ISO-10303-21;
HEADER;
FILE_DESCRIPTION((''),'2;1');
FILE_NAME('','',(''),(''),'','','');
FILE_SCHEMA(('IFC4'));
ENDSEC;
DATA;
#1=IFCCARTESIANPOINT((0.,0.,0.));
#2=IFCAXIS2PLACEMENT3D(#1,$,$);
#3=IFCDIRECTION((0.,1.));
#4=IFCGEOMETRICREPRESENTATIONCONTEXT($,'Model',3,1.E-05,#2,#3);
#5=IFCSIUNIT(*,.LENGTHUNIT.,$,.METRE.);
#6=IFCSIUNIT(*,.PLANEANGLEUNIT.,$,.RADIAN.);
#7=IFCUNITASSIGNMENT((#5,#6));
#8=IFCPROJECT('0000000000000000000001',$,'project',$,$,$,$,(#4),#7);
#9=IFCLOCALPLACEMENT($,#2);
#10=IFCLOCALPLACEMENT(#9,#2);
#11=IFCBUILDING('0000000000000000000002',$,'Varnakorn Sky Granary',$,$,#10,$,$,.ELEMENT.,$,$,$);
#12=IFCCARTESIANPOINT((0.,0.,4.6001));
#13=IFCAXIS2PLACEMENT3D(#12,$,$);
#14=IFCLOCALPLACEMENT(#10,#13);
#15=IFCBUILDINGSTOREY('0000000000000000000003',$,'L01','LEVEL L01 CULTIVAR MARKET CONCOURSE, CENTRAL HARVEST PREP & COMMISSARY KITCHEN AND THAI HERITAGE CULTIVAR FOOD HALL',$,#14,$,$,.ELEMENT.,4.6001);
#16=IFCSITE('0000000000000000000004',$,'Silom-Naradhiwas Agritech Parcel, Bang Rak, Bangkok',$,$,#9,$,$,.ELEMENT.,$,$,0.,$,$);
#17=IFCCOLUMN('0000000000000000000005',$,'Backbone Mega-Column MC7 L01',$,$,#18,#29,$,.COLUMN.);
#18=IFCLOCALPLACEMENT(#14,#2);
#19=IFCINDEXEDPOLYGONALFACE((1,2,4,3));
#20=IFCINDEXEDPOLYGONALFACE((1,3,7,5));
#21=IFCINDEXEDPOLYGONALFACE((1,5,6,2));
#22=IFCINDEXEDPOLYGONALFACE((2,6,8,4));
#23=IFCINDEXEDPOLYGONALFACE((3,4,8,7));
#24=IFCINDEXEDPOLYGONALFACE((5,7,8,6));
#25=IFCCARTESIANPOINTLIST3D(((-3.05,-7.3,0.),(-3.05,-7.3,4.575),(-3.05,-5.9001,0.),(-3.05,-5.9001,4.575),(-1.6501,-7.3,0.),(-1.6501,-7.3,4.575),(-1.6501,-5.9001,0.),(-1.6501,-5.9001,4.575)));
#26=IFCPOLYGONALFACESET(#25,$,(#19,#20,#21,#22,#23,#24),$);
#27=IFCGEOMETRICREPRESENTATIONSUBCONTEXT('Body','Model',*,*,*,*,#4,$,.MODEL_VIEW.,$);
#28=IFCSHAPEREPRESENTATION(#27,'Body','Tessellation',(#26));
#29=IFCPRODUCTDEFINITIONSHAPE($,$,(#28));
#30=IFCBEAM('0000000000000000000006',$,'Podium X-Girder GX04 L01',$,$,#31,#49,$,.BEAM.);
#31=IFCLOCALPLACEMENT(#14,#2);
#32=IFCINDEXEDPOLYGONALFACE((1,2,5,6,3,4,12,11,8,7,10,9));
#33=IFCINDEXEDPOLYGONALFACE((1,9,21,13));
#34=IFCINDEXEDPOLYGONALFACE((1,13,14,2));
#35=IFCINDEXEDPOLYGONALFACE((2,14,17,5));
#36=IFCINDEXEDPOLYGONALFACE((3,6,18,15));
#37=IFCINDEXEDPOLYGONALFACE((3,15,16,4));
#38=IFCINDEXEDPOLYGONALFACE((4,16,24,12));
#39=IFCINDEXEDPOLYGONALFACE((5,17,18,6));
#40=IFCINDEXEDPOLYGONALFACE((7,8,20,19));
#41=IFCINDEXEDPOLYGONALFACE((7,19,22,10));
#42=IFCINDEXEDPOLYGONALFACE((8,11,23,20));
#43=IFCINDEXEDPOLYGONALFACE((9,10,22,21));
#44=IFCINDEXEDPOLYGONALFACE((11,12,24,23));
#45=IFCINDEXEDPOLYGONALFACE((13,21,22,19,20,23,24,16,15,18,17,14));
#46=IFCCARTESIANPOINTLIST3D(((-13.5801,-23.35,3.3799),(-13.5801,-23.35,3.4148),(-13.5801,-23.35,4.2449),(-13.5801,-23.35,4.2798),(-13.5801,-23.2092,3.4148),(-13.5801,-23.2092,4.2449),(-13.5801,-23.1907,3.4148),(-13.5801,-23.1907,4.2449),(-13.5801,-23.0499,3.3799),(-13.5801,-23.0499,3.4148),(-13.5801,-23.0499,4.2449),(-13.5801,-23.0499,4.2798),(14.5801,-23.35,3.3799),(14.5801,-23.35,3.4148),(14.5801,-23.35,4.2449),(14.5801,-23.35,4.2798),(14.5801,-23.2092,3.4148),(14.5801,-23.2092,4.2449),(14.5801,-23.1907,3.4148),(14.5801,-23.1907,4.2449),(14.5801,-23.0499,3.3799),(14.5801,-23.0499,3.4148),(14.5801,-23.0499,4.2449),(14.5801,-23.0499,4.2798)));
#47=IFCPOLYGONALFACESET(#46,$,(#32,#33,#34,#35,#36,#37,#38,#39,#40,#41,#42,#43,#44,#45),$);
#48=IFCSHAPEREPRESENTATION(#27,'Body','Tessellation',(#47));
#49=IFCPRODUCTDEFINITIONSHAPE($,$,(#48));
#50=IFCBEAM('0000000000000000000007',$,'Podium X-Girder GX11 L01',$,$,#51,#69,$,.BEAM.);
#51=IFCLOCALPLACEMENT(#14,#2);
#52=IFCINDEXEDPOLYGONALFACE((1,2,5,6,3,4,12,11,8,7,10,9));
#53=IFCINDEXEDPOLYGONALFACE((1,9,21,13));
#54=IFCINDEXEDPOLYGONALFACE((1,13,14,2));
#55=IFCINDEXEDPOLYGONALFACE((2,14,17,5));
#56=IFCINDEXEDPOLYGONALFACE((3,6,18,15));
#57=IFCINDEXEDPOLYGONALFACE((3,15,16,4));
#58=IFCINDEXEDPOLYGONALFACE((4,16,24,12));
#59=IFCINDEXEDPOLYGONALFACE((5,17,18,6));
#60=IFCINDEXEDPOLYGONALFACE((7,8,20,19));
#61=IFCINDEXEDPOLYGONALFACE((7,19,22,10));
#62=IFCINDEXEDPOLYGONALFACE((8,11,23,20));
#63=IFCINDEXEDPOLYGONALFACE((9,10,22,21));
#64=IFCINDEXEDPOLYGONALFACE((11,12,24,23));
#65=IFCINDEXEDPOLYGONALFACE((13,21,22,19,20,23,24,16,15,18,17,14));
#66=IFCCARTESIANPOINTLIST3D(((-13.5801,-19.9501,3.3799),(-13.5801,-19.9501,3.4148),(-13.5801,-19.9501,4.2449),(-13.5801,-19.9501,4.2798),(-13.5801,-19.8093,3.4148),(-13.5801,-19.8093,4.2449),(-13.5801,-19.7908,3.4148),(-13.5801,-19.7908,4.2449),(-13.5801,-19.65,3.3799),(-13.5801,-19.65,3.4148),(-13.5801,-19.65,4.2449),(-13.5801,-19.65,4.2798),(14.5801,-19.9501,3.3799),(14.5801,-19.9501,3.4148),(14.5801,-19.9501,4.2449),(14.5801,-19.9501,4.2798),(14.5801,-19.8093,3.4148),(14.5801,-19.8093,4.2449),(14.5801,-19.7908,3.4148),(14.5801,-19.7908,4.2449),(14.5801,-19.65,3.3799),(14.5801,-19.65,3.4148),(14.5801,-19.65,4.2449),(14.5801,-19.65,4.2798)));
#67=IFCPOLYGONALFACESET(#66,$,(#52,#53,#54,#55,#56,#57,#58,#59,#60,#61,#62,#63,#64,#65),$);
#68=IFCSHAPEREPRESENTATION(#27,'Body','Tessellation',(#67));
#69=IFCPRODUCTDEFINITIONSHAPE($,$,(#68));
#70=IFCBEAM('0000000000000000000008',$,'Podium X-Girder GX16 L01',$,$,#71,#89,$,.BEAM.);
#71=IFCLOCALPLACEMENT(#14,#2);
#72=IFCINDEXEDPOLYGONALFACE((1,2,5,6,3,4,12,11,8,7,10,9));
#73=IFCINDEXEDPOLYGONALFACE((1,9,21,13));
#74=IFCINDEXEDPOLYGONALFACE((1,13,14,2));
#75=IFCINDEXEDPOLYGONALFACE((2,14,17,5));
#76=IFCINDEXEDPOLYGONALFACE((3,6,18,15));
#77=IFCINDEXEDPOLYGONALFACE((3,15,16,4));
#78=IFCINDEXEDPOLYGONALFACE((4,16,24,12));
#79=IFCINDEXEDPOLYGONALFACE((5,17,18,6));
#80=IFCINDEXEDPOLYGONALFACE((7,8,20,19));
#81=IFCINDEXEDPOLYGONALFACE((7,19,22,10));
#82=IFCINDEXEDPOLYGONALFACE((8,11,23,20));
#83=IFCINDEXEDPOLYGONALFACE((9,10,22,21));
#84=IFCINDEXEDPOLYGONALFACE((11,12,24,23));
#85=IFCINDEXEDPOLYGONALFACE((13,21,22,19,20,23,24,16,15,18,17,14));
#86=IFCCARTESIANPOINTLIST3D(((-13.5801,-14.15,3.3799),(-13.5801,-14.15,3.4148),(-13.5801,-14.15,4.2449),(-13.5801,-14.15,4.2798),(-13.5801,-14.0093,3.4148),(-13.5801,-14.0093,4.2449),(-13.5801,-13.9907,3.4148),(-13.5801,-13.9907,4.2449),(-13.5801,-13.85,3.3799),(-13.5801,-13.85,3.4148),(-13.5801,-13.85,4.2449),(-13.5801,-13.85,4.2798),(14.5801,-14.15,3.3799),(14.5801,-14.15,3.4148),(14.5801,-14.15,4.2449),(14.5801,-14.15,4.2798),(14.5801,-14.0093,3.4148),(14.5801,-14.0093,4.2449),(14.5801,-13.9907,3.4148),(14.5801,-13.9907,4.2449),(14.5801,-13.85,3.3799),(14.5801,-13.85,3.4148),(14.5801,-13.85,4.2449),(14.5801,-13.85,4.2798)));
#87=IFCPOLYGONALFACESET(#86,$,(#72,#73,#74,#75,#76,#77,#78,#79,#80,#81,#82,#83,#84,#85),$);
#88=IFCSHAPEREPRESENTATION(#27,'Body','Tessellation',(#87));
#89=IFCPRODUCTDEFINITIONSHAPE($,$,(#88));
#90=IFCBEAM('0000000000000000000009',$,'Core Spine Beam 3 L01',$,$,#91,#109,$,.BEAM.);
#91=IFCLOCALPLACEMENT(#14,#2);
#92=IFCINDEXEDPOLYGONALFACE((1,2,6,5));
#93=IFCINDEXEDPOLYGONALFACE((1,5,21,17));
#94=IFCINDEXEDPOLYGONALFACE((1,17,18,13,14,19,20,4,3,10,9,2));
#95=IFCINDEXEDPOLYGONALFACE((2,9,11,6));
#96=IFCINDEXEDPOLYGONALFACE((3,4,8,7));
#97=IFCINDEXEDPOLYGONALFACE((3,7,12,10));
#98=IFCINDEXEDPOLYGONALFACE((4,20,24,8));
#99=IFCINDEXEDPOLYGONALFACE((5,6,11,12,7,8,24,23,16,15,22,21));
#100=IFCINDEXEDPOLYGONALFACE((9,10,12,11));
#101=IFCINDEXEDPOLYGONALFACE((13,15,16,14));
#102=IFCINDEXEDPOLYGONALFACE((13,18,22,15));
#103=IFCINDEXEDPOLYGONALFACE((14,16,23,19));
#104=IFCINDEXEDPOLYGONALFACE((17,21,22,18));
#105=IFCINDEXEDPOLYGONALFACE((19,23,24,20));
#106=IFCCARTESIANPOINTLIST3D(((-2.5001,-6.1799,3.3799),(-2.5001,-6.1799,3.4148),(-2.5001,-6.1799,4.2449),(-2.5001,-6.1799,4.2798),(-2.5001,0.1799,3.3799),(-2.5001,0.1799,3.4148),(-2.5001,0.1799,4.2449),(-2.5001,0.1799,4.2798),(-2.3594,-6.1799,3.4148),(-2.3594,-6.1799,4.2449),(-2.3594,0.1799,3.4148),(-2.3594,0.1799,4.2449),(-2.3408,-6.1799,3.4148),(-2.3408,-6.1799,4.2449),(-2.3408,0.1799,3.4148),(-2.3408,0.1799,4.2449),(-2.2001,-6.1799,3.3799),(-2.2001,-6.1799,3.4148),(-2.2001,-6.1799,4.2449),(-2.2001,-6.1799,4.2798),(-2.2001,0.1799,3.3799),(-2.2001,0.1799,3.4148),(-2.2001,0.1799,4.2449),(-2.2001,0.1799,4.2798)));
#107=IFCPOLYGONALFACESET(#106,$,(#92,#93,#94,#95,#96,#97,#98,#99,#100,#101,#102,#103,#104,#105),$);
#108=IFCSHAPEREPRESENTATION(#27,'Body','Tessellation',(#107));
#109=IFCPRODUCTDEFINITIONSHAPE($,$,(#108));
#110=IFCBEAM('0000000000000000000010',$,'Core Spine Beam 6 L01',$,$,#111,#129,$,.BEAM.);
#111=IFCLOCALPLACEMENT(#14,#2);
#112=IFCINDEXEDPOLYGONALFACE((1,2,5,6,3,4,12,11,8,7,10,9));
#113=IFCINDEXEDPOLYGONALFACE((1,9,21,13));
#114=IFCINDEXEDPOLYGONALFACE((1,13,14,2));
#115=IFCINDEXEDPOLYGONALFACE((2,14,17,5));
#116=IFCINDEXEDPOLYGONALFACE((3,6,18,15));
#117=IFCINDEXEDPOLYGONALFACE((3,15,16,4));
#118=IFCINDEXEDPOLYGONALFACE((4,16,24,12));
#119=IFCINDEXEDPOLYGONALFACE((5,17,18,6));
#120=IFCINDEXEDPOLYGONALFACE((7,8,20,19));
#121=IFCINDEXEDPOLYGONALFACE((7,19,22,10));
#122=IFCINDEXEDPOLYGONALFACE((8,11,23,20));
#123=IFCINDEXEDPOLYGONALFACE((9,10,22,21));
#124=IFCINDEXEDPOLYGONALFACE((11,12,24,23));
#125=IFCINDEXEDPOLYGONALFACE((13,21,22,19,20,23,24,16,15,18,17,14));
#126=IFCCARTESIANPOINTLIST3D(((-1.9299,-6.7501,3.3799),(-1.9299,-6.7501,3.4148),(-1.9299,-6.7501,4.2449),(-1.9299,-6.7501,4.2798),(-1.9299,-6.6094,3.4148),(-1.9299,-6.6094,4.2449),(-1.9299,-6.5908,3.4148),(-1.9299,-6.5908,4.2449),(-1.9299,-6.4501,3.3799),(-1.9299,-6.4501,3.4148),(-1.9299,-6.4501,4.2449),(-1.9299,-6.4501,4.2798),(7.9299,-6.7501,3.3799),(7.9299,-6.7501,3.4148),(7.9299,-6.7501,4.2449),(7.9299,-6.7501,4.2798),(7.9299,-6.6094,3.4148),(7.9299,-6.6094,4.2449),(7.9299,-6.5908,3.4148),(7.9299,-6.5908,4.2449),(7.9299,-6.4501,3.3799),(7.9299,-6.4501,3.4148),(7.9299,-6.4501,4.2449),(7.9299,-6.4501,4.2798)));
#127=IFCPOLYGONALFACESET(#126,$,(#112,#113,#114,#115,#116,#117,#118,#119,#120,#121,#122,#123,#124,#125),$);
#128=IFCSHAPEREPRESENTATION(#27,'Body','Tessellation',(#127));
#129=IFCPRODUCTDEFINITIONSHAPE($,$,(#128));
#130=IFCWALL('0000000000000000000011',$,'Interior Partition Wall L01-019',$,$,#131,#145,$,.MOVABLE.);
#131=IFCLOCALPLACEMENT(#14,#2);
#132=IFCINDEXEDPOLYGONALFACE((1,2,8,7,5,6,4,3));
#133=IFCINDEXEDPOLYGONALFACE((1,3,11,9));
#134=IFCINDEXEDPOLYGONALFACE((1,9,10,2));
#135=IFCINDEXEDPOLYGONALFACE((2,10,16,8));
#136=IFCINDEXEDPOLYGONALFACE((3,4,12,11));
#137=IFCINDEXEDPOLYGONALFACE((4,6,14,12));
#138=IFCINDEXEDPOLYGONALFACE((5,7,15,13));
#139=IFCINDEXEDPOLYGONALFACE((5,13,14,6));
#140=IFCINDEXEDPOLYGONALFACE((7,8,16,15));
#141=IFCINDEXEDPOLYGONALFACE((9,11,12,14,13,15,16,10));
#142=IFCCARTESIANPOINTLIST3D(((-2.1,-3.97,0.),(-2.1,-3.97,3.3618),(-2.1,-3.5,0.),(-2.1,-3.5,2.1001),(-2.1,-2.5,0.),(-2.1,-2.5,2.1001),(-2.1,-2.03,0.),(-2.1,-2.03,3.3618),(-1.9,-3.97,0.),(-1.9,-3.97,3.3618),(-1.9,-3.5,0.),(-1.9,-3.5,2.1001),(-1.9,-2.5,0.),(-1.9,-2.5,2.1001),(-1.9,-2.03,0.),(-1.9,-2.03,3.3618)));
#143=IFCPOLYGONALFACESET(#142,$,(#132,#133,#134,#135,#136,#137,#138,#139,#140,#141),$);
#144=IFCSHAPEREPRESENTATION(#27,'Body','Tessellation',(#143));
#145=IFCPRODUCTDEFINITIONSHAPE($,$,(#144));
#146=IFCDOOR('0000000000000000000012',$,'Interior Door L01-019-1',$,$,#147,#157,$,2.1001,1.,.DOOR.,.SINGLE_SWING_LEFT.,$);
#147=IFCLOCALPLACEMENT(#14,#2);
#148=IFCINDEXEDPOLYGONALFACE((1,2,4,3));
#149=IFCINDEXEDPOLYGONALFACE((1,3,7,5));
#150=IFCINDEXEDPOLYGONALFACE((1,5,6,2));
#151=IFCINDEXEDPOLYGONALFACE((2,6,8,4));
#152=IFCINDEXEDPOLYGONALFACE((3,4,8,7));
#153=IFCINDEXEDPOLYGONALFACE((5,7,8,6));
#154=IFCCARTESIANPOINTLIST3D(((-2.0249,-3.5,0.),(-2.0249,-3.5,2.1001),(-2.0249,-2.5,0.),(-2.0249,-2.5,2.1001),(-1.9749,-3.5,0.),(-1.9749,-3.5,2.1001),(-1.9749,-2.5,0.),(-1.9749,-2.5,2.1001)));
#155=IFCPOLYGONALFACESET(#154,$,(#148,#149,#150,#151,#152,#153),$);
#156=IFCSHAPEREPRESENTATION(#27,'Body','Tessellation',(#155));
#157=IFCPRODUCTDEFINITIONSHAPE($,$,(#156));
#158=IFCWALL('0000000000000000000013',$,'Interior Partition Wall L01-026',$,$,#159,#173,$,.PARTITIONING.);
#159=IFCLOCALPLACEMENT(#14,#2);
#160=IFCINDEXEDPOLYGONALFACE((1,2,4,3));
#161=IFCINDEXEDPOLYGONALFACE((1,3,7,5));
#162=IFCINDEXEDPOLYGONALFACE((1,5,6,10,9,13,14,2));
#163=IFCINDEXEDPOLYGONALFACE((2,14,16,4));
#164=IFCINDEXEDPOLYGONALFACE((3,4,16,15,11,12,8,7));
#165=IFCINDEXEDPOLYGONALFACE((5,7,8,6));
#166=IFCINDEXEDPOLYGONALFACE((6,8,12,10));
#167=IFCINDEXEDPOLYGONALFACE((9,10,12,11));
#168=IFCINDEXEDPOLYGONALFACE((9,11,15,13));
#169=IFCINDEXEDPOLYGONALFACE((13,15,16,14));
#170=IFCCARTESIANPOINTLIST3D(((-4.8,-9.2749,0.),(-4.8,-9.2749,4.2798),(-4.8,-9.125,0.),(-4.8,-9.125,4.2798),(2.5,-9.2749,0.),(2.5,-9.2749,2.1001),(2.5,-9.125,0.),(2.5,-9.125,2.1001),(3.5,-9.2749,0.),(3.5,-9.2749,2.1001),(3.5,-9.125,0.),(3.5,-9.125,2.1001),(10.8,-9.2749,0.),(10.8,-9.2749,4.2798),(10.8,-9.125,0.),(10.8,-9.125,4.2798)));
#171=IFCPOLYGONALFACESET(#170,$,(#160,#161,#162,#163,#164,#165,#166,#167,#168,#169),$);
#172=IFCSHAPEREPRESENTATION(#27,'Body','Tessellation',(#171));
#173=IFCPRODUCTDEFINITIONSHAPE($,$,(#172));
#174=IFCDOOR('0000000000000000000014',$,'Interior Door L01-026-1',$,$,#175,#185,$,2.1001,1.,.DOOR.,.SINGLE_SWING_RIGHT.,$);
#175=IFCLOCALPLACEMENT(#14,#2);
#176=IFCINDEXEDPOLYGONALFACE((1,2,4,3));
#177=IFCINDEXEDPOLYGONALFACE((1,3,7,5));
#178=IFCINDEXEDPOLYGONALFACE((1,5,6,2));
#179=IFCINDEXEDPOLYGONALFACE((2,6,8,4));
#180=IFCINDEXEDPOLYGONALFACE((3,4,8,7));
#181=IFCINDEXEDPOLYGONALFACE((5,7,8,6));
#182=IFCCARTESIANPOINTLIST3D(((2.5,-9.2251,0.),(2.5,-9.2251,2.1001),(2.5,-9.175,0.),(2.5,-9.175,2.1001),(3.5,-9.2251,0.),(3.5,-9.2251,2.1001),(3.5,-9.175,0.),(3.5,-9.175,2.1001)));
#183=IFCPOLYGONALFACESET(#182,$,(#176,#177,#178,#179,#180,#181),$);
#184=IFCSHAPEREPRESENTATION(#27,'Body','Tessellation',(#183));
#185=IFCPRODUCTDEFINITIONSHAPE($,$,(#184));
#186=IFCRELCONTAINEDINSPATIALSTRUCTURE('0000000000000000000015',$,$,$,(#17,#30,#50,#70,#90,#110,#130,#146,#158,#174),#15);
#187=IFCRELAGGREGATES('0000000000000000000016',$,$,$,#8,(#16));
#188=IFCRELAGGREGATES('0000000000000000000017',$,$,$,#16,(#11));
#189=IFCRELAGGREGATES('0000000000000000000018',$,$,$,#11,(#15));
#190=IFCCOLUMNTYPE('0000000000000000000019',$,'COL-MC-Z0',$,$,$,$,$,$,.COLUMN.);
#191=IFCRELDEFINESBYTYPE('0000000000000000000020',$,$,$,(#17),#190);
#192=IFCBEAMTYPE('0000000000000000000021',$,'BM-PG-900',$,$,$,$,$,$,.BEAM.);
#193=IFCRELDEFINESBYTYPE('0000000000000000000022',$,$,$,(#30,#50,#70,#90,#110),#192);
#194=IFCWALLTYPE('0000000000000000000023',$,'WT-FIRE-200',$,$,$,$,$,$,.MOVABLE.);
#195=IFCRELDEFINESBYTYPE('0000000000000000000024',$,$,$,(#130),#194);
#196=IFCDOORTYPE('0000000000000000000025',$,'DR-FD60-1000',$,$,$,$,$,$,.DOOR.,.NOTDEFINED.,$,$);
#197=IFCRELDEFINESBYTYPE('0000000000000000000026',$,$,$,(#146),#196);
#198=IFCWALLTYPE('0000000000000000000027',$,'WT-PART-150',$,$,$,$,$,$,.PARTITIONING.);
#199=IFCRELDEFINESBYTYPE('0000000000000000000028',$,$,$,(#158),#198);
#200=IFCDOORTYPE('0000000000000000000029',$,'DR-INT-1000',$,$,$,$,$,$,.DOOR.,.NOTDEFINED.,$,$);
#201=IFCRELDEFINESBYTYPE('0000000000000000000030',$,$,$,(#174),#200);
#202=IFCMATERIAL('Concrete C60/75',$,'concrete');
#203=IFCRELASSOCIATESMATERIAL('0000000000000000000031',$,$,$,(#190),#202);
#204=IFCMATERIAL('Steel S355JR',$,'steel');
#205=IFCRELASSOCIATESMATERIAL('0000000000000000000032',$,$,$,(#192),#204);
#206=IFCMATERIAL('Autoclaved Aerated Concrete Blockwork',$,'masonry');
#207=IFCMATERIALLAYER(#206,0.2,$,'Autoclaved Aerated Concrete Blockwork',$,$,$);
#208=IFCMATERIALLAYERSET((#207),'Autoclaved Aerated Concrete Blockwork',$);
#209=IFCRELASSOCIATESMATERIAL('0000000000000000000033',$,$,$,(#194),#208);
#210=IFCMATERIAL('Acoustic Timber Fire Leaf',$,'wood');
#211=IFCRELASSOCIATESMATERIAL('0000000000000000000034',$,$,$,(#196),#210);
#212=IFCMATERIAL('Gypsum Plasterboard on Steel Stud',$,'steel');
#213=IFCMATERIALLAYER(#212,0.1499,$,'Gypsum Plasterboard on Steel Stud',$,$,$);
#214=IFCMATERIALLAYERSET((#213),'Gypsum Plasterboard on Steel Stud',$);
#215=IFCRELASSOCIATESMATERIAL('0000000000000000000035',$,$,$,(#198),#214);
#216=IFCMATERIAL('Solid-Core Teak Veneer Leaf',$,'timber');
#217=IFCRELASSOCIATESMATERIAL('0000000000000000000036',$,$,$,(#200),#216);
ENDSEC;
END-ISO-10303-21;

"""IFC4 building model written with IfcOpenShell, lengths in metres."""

from ifc_helpers import new_model, si_unit, direction, frame, frame_2d, origin, origin_2d, place, context, subcontext, project, spatial, rectangle, i_section, extrude, material, layer, layer_set, material_profile, profile_set, type_object, element, fill, save


model = new_model("IFC4")

# Units and contexts
model_context = context("Model", 3, precision=1e-05, world=origin(), true_north=direction((0.0, 1.0)))
body_context = subcontext(model_context, "Body", "Model", "MODEL_VIEW")
ifc_project = project(units=[si_unit("LENGTHUNIT", "METRE"), si_unit("PLANEANGLEUNIT", "RADIAN")], contexts=[model_context])

# Site, building, storey
site_placement = place(None, origin())
site = spatial("IfcSite", under=ifc_project, at=site_placement, Name="Silom-Naradhiwas Agritech Parcel, Bang Rak, Bangkok", CompositionType="ELEMENT", RefElevation=0.0)
building_placement = place(site_placement, origin())
building = spatial("IfcBuilding", under=site, at=building_placement, Name="Varnakorn Sky Granary", CompositionType="ELEMENT")
storey_placement = place(building_placement, frame((0.0, 0.0, 4.6001)))
storey = spatial("IfcBuildingStorey", under=building, at=storey_placement, Name="L01", Description="LEVEL L01 CULTIVAR MARKET CONCOURSE, CENTRAL HARVEST PREP & COMMISSARY KITCHEN AND THAI HERITAGE CULTIVAR FOOD HALL", CompositionType="ELEMENT", Elevation=4.6001)

# Column
ifc_material_1 = material(Name="Concrete C60/75", Category="concrete")
ifc_material_profile_1 = material_profile(ifc_material_1, rectangle(XDim=1.3999, YDim=1.3999, at=origin_2d()), Name="RC 1400x1400")
ifc_profile_set_1 = profile_set([ifc_material_profile_1], Name="Concrete C60/75")
column_type = type_object("IfcColumnType", Name="COL-MC-Z0", PredefinedType="COLUMN", material=ifc_profile_set_1)
column_placement = place(storey_placement, frame((-2.3501, -6.6001, 0.0), z_axis=(0.0, 0.0, 1.0), x_axis=(1.0, 0.0, 0.0)))
element("IfcColumn", 1, at=column_placement, inside=storey, type_object=column_type, Name="Backbone Mega-Column MC7 L01", PredefinedType="COLUMN", context=body_context, shape_type="SweptSolid", body=[
    extrude(rectangle(XDim=1.3999, YDim=1.3999, at=origin_2d()), origin(), (0.0, 0.0, 1.0), 4.575),
])

# Beams
ifc_material_2 = material(Name="Steel S355JR", Category="steel")
ifc_material_profile_2 = material_profile(ifc_material_2, i_section(OverallWidth=0.3, OverallDepth=0.8999, WebThickness=0.0186, FlangeThickness=0.0349, at=origin_2d()), Name="HE 900 B")
ifc_profile_set_2 = profile_set([ifc_material_profile_2], Name="Steel S355JR")
beam_type = type_object("IfcBeamType", Name="BM-PG-900", PredefinedType="BEAM", material=ifc_profile_set_2)
for number, where, z_axis, x_axis, name in (
    (2, (-13.5801, -23.2, 3.8298), (1.0, 0.0, 0.0), (0.0, 1.0, 0.0), "Podium X-Girder GX04 L01"),
    (3, (-13.5801, -19.8, 3.8298), (1.0, 0.0, 0.0), (0.0, 1.0, 0.0), "Podium X-Girder GX11 L01"),
    (4, (-13.5801, -14.0, 3.8298), (1.0, 0.0, 0.0), (0.0, 1.0, 0.0), "Podium X-Girder GX16 L01"),
):
    element("IfcBeam", number, at=place(storey_placement, frame(where, z_axis=z_axis, x_axis=x_axis)), inside=storey, type_object=beam_type, Name=name, PredefinedType="BEAM", context=body_context, shape_type="SweptSolid", body=[
        extrude(i_section(OverallWidth=0.3, OverallDepth=0.8999, WebThickness=0.0186, FlangeThickness=0.0349, at=origin_2d()), origin(), (0.0, 0.0, 1.0), 28.1602),
    ])
beam_1_placement = place(storey_placement, frame((-2.3501, 0.1799, 3.8298), z_axis=(0.0, -1.0, 0.0), x_axis=(1.0, 0.0, 0.0)))
element("IfcBeam", 5, at=beam_1_placement, inside=storey, type_object=beam_type, Name="Core Spine Beam 3 L01", PredefinedType="BEAM", context=body_context, shape_type="SweptSolid", body=[
    extrude(i_section(OverallWidth=0.3, OverallDepth=0.8999, WebThickness=0.0186, FlangeThickness=0.0349, at=origin_2d()), origin(), (0.0, 0.0, 1.0), 6.3599),
])
beam_2_placement = place(storey_placement, frame((-1.9299, -6.6001, 3.8298), z_axis=(1.0, 0.0, 0.0), x_axis=(0.0, 1.0, 0.0)))
element("IfcBeam", 6, at=beam_2_placement, inside=storey, type_object=beam_type, Name="Core Spine Beam 6 L01", PredefinedType="BEAM", context=body_context, shape_type="SweptSolid", body=[
    extrude(i_section(OverallWidth=0.3, OverallDepth=0.8999, WebThickness=0.0186, FlangeThickness=0.0349, at=origin_2d()), origin(), (0.0, 0.0, 1.0), 9.8599),
])

# Walls, openings, doors
ifc_material_3 = material(Name="Autoclaved Aerated Concrete Blockwork", Category="masonry")
ifc_layer_1 = layer(ifc_material_3, 0.2, Name="Autoclaved Aerated Concrete Blockwork")
ifc_layer_set_1 = layer_set([ifc_layer_1], Name="Autoclaved Aerated Concrete Blockwork")
wall_type_1 = type_object("IfcWallType", Name="WT-FIRE-200", PredefinedType="MOVABLE", material=ifc_layer_set_1)
wall_1_placement = place(storey_placement, frame((-2.0, -3.97, 0.0), z_axis=(0.0, 0.0, 1.0), x_axis=(0.0, 1.0, 0.0)))
wall_1 = element("IfcWall", 7, at=wall_1_placement, inside=storey, type_object=wall_type_1, Name="Interior Partition Wall L01-019", PredefinedType="MOVABLE", context=body_context, shape_type="SweptSolid", body=[
    extrude(rectangle(XDim=1.9399, YDim=0.2, at=frame_2d((0.97, 0.0))), origin(), (0.0, 0.0, 1.0), 3.3618),
])
opening_1_placement = place(wall_1_placement, frame((0.47, 0.0, 0.0)))
opening_1 = element("IfcOpeningElement", 8, at=opening_1_placement, cuts=wall_1, PredefinedType="OPENING", context=body_context, shape_type="SweptSolid", body=[
    extrude(rectangle(XDim=1.0, YDim=2.1001, at=frame_2d((0.5, 1.05))), frame((0.0, 0.1099, 0.0), z_axis=(0.0, -1.0, 0.0), x_axis=(1.0, 0.0, 0.0)), (0.0, 0.0, 1.0), 0.22),
])
ifc_material_4 = material(Name="Acoustic Timber Fire Leaf", Category="wood")
door_type_1 = type_object("IfcDoorType", Name="DR-FD60-1000", OperationType="NOTDEFINED", PredefinedType="DOOR", material=ifc_material_4)
door_1_placement = place(opening_1_placement, origin())
door_1 = element("IfcDoor", 9, at=door_1_placement, inside=storey, type_object=door_type_1, Name="Interior Door L01-019-1", OperationType="SINGLE_SWING_LEFT", OverallHeight=2.1001, OverallWidth=1.0, PredefinedType="DOOR", context=body_context, shape_type="SweptSolid", body=[
    extrude(rectangle(XDim=1.0, YDim=2.1001, at=frame_2d((0.5, 1.05))), frame((0.0, 0.0249, 0.0), z_axis=(0.0, -1.0, 0.0), x_axis=(1.0, 0.0, 0.0)), (0.0, 0.0, 1.0), 0.05),
])
fill(opening_1, door_1)
ifc_material_5 = material(Name="Gypsum Plasterboard on Steel Stud", Category="steel")
ifc_layer_2 = layer(ifc_material_5, 0.1499, Name="Gypsum Plasterboard on Steel Stud")
ifc_layer_set_2 = layer_set([ifc_layer_2], Name="Gypsum Plasterboard on Steel Stud")
wall_type_2 = type_object("IfcWallType", Name="WT-PART-150", PredefinedType="PARTITIONING", material=ifc_layer_set_2)
wall_2_placement = place(storey_placement, frame((-4.8, -9.2, 0.0), z_axis=(0.0, 0.0, 1.0), x_axis=(1.0, 0.0, 0.0)))
wall_2 = element("IfcWall", 10, at=wall_2_placement, inside=storey, type_object=wall_type_2, Name="Interior Partition Wall L01-026", PredefinedType="PARTITIONING", context=body_context, shape_type="SweptSolid", body=[
    extrude(rectangle(XDim=15.6001, YDim=0.1499, at=frame_2d((7.8, 0.0))), origin(), (0.0, 0.0, 1.0), 4.2798),
])
opening_2_placement = place(wall_2_placement, frame((7.3, 0.0, 0.0)))
opening_2 = element("IfcOpeningElement", 11, at=opening_2_placement, cuts=wall_2, PredefinedType="OPENING", context=body_context, shape_type="SweptSolid", body=[
    extrude(rectangle(XDim=1.0, YDim=2.1001, at=frame_2d((0.5, 1.05))), frame((0.0, 0.085, 0.0), z_axis=(0.0, -1.0, 0.0), x_axis=(1.0, 0.0, 0.0)), (0.0, 0.0, 1.0), 0.1699),
])
ifc_material_6 = material(Name="Solid-Core Teak Veneer Leaf", Category="timber")
door_type_2 = type_object("IfcDoorType", Name="DR-INT-1000", OperationType="NOTDEFINED", PredefinedType="DOOR", material=ifc_material_6)
door_2_placement = place(opening_2_placement, origin())
door_2 = element("IfcDoor", 12, at=door_2_placement, inside=storey, type_object=door_type_2, Name="Interior Door L01-026-1", OperationType="SINGLE_SWING_RIGHT", OverallHeight=2.1001, OverallWidth=1.0, PredefinedType="DOOR", context=body_context, shape_type="SweptSolid", body=[
    extrude(rectangle(XDim=1.0, YDim=2.1001, at=frame_2d((0.5, 1.05))), frame((0.0, 0.0249, 0.0), z_axis=(0.0, -1.0, 0.0), x_axis=(1.0, 0.0, 0.0)), (0.0, 0.0, 1.0), 0.05),
])
fill(opening_2, door_2)

save(model, "model.ifc")
